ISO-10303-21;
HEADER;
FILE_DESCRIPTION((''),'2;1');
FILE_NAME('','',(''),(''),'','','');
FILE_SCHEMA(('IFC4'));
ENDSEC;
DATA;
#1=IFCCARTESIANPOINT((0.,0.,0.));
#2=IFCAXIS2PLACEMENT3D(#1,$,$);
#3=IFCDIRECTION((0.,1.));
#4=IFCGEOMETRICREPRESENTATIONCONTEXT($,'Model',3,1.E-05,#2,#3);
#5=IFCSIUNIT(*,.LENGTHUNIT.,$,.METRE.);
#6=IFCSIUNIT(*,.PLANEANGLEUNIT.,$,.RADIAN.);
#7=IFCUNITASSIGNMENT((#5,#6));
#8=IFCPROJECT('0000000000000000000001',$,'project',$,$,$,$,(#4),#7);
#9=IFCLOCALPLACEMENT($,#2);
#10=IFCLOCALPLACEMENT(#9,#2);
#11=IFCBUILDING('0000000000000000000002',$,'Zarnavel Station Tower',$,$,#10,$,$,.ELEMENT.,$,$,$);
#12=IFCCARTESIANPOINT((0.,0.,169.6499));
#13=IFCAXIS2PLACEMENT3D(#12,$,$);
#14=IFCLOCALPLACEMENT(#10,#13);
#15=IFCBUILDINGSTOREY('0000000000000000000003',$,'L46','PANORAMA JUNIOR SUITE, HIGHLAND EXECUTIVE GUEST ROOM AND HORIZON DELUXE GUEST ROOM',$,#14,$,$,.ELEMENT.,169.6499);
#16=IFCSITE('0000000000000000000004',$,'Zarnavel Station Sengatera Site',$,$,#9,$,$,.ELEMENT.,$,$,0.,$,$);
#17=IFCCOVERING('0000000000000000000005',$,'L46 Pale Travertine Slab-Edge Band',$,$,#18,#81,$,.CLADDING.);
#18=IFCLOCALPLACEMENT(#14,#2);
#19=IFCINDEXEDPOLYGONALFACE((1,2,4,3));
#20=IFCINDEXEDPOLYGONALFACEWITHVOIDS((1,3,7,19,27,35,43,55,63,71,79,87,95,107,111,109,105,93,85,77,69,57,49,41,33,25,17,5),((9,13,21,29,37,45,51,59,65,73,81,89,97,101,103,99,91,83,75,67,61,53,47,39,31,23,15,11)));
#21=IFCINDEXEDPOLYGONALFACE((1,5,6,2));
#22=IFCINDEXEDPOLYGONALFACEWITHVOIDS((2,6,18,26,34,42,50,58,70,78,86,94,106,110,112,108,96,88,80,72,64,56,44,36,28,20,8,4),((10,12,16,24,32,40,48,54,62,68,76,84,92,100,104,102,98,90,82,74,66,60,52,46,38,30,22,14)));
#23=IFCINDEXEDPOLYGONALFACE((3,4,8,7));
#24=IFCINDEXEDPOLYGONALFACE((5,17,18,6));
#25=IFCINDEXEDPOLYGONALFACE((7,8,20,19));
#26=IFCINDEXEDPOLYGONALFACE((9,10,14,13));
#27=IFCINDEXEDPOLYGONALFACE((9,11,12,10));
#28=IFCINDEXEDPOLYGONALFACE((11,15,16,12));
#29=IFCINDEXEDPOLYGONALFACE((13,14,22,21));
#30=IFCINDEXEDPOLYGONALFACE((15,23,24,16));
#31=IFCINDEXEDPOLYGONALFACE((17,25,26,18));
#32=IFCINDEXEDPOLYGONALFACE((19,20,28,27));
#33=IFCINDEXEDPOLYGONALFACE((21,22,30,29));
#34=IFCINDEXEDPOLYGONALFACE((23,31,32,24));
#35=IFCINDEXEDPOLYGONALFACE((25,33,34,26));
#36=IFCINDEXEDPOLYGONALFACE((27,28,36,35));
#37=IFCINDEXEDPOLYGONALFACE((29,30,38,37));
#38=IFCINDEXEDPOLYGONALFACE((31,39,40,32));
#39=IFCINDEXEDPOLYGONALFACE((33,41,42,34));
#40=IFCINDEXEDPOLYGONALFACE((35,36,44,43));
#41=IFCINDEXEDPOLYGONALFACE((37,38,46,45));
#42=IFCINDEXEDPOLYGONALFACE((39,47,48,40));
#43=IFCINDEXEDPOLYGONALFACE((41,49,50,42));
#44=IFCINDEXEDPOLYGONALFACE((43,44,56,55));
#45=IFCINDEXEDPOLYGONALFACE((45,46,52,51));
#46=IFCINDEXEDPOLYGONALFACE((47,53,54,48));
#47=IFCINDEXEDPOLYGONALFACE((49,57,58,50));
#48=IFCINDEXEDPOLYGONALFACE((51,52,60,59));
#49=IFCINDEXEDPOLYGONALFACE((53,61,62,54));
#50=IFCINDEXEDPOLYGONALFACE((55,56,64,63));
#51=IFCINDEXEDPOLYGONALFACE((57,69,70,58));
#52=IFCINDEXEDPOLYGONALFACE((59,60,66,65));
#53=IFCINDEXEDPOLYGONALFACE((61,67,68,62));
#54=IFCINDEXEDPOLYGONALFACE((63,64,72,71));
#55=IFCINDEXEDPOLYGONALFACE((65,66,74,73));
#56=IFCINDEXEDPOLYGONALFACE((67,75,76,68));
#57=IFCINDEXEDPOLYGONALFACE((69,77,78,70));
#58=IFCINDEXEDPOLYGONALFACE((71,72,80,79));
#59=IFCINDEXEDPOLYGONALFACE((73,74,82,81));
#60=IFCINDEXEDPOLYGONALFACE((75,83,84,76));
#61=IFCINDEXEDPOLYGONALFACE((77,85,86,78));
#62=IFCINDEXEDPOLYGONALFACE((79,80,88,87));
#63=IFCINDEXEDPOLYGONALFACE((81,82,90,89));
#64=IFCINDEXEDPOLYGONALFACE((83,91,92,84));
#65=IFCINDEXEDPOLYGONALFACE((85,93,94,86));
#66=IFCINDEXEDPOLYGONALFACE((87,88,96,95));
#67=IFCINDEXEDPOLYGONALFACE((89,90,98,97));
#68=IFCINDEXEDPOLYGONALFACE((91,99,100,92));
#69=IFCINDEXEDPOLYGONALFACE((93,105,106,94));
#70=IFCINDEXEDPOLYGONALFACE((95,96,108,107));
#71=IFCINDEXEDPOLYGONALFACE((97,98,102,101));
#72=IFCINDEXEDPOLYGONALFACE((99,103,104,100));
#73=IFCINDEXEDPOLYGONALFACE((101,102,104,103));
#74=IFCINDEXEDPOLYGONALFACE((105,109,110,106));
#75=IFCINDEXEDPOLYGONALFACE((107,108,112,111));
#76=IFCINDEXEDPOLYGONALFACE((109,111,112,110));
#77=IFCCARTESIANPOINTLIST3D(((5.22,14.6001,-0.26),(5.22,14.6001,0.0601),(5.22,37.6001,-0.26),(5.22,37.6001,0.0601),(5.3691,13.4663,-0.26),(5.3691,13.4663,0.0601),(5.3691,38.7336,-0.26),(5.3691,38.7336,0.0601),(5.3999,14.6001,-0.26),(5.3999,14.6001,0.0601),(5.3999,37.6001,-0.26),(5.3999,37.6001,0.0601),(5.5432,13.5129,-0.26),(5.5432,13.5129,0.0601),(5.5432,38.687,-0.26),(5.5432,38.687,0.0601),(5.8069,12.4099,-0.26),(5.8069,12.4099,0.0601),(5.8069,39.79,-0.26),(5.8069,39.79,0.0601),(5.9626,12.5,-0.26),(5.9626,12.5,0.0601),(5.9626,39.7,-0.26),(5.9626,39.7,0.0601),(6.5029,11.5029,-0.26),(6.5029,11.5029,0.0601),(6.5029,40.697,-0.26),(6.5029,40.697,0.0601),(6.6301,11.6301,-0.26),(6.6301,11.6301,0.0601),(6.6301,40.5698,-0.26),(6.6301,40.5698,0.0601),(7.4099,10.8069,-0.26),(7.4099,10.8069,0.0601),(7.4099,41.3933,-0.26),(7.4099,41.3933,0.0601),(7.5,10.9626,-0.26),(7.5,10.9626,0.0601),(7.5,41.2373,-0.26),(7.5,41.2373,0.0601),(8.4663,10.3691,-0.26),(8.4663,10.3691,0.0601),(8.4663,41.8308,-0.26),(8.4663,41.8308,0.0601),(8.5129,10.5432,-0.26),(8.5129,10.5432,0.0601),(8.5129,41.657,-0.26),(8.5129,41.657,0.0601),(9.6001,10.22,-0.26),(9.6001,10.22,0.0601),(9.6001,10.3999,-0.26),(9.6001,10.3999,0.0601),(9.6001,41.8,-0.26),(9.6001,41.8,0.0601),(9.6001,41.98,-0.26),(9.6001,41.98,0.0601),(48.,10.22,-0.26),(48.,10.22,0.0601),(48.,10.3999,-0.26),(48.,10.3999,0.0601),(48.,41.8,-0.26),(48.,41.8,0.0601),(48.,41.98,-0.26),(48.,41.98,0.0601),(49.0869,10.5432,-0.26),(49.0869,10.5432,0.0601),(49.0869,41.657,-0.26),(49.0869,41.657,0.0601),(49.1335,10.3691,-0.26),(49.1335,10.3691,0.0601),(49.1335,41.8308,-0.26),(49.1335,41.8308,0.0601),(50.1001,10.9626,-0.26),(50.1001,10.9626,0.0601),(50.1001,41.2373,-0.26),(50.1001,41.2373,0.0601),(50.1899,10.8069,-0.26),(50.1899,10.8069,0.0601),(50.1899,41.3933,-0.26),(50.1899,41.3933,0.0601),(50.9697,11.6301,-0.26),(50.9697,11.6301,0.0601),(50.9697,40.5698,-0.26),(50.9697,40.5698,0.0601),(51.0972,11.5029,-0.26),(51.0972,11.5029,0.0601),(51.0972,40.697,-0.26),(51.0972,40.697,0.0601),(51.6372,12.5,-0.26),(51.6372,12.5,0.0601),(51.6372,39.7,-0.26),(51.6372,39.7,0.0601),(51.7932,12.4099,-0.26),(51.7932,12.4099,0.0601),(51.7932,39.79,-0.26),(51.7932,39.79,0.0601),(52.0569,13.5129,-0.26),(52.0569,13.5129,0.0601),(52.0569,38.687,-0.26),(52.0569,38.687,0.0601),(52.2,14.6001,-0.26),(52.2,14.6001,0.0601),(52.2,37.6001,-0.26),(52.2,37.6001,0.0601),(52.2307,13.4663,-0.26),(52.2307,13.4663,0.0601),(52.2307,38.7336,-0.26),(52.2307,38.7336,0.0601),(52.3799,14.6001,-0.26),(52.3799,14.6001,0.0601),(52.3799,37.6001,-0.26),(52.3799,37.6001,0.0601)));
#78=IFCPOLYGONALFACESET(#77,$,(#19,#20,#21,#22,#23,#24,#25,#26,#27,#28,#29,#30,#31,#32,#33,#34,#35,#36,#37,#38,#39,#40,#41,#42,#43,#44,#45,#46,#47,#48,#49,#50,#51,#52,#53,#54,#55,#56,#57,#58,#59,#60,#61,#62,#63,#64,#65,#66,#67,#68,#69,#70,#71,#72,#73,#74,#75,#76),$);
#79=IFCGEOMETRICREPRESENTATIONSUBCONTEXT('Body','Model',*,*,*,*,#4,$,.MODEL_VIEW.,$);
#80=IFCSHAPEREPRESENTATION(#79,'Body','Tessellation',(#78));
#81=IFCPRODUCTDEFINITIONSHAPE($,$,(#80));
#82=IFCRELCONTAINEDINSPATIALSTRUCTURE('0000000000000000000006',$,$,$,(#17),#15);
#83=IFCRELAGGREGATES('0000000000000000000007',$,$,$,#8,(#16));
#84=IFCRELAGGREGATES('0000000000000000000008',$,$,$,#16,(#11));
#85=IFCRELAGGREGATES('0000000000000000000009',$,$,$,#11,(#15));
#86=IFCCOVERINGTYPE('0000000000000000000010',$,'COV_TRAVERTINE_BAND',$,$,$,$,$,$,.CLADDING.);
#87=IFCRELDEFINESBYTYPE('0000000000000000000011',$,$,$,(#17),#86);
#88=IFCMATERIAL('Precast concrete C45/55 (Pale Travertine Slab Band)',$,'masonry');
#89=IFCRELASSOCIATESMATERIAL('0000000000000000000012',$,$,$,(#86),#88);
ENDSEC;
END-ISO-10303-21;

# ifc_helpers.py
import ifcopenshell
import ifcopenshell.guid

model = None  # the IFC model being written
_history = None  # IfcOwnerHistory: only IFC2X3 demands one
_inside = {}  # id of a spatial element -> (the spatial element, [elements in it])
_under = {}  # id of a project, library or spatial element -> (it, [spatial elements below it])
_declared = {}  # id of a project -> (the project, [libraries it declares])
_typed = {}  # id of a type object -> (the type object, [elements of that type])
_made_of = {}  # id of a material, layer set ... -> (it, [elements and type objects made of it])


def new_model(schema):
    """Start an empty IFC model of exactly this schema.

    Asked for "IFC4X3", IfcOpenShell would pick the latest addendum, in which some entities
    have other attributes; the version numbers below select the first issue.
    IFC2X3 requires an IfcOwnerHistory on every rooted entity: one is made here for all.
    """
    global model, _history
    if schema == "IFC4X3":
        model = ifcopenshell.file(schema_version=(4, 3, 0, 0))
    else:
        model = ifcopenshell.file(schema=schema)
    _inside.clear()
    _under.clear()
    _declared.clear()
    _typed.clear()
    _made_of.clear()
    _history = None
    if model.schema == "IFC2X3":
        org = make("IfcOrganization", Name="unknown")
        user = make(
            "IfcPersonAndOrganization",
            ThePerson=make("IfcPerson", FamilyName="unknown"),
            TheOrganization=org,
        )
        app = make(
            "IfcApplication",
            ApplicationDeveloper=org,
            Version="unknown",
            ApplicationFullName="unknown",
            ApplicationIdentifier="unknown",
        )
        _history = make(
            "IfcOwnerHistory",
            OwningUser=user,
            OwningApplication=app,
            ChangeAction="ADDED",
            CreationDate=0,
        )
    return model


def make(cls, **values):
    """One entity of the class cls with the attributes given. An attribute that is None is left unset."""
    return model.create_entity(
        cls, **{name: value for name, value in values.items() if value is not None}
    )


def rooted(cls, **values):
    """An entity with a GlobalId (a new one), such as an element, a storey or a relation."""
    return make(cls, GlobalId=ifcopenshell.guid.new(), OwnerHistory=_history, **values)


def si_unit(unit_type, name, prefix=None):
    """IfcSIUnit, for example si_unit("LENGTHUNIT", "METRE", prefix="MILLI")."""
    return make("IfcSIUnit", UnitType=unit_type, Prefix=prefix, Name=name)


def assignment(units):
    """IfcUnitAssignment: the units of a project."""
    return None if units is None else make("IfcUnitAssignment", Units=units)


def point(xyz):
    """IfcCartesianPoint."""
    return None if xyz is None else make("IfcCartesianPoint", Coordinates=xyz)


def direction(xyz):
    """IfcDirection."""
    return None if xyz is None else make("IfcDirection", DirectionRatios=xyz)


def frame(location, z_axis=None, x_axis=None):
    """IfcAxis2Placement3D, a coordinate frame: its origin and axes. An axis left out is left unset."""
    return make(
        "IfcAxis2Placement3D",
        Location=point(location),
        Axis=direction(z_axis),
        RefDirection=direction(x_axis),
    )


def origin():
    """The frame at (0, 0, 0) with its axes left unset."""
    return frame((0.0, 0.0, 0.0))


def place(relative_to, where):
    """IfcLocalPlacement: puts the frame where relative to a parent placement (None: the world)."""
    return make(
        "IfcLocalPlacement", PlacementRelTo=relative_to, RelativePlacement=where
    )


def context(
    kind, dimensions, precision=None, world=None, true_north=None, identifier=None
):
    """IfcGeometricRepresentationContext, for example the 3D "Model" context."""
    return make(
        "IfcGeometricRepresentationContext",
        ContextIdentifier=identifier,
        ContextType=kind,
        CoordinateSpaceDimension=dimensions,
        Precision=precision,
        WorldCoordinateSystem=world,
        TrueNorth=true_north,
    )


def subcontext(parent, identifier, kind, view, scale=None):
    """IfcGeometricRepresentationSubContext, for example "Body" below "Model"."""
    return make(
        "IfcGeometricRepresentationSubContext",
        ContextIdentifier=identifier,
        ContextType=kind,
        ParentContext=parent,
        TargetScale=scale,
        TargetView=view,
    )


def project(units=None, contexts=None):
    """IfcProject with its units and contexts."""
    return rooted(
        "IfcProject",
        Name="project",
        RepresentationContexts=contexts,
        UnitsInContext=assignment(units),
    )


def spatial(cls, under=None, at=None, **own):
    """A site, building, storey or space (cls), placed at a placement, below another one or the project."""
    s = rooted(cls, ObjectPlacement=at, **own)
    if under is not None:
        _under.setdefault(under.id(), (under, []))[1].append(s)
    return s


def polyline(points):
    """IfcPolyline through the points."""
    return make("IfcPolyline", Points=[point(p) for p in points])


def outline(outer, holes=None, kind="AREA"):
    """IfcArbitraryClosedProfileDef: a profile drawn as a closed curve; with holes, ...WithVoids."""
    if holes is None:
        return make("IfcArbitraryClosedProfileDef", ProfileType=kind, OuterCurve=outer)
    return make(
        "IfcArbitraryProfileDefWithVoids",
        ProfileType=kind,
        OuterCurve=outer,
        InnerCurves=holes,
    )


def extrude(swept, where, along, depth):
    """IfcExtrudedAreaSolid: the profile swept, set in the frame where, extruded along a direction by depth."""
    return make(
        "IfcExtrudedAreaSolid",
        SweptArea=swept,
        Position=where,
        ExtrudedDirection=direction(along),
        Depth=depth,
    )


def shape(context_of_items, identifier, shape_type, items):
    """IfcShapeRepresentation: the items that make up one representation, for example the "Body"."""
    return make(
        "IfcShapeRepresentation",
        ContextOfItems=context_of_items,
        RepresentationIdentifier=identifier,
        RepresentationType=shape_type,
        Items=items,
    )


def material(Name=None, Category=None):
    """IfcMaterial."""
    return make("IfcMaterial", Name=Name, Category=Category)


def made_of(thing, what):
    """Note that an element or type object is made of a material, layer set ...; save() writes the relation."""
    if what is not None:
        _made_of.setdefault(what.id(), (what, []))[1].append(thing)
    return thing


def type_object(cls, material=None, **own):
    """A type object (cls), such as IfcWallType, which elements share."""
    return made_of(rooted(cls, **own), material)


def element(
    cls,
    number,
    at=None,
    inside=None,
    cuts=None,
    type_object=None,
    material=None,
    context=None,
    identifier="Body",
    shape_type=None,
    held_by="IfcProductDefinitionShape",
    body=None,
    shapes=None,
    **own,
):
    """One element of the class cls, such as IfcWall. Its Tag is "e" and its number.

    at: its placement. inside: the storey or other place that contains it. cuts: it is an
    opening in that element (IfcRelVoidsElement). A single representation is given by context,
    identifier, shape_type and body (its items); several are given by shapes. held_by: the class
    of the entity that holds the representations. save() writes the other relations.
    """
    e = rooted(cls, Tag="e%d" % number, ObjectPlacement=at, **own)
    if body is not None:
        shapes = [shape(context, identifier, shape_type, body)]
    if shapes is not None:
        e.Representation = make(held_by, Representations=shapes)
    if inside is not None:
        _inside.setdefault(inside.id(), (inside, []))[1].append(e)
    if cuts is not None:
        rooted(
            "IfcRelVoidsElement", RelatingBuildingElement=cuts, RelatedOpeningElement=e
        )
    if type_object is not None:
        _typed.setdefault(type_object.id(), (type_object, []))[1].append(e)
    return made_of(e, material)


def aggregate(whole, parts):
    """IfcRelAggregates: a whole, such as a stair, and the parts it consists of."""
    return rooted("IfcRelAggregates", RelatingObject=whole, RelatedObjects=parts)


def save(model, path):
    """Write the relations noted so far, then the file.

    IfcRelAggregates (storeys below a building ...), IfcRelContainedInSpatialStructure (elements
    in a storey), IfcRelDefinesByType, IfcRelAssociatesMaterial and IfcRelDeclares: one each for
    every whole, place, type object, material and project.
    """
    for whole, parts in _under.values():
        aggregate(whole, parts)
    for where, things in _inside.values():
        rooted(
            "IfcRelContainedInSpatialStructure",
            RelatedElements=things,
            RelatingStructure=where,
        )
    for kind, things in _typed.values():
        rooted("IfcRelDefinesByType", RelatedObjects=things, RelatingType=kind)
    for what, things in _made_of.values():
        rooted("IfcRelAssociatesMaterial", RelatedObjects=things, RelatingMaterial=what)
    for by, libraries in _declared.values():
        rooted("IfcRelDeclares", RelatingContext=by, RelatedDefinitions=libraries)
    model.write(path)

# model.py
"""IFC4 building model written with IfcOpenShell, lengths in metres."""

from ifc_helpers import new_model, si_unit, direction, frame, origin, place, context, subcontext, project, spatial, polyline, outline, extrude, material, type_object, element, save


model = new_model("IFC4")

# Units and contexts
model_context = context("Model", 3, precision=1e-05, world=origin(), true_north=direction((0.0, 1.0)))
body_context = subcontext(model_context, "Body", "Model", "MODEL_VIEW")
ifc_project = project(units=[si_unit("LENGTHUNIT", "METRE"), si_unit("PLANEANGLEUNIT", "RADIAN")], contexts=[model_context])

# Site, building, storey
site_placement = place(None, origin())
site = spatial("IfcSite", under=ifc_project, at=site_placement, Name="Zarnavel Station Sengatera Site", CompositionType="ELEMENT", RefElevation=0.0)
building_placement = place(site_placement, origin())
building = spatial("IfcBuilding", under=site, at=building_placement, Name="Zarnavel Station Tower", CompositionType="ELEMENT")
storey_placement = place(building_placement, frame((0.0, 0.0, 169.6499)))
storey = spatial("IfcBuildingStorey", under=building, at=storey_placement, Name="L46", Description="PANORAMA JUNIOR SUITE, HIGHLAND EXECUTIVE GUEST ROOM AND HORIZON DELUXE GUEST ROOM", CompositionType="ELEMENT", Elevation=169.6499)

# Covering
ifc_material_1 = material(Name="Precast concrete C45/55 (Pale Travertine Slab Band)", Category="masonry")
covering_type_1 = type_object("IfcCoveringType", Name="COV_TRAVERTINE_BAND", PredefinedType="CLADDING", material=ifc_material_1)
covering_1_placement = place(storey_placement, frame((0.0, 0.0, -0.26)))
element("IfcCovering", 1, at=covering_1_placement, inside=storey, type_object=covering_type_1, Name="L46 Pale Travertine Slab-Edge Band", PredefinedType="CLADDING", context=body_context, shape_type="SweptSolid", body=[
    extrude(outline(polyline([(48.0, 10.22), (49.1335, 10.3691), (50.1899, 10.8069), (51.0972, 11.5029), (51.7932, 12.4099), (52.2307, 13.4663), (52.3799, 14.6001), (52.3799, 37.6001), (52.2307, 38.7336), (51.7932, 39.79), (51.0972, 40.697), (50.1899, 41.3933), (49.1335, 41.8308), (48.0, 41.98), (9.6001, 41.98), (8.4663, 41.8308), (7.4099, 41.3933), (6.5029, 40.697), (5.8069, 39.79), (5.3691, 38.7336), (5.22, 37.6001), (5.22, 14.6001), (5.3691, 13.4663), (5.8069, 12.4099), (6.5029, 11.5029), (7.4099, 10.8069), (8.4663, 10.3691), (9.6001, 10.22), (48.0, 10.22)]), holes=[polyline([(48.0, 10.3999), (49.0869, 10.5432), (50.1001, 10.9626), (50.9697, 11.6301), (51.6372, 12.5), (52.0569, 13.5129), (52.2, 14.6001), (52.2, 37.6001), (52.0569, 38.687), (51.6372, 39.7), (50.9697, 40.5698), (50.1001, 41.2373), (49.0869, 41.657), (48.0, 41.8), (9.6001, 41.8), (8.5129, 41.657), (7.5, 41.2373), (6.6301, 40.5698), (5.9626, 39.7), (5.5432, 38.687), (5.3999, 37.6001), (5.3999, 14.6001), (5.5432, 13.5129), (5.9626, 12.5), (6.6301, 11.6301), (7.5, 10.9626), (8.5129, 10.5432), (9.6001, 10.3999), (48.0, 10.3999)])]), origin(), (0.0, 0.0, 1.0), 0.3201),
])

save(model, "model.ifc")
